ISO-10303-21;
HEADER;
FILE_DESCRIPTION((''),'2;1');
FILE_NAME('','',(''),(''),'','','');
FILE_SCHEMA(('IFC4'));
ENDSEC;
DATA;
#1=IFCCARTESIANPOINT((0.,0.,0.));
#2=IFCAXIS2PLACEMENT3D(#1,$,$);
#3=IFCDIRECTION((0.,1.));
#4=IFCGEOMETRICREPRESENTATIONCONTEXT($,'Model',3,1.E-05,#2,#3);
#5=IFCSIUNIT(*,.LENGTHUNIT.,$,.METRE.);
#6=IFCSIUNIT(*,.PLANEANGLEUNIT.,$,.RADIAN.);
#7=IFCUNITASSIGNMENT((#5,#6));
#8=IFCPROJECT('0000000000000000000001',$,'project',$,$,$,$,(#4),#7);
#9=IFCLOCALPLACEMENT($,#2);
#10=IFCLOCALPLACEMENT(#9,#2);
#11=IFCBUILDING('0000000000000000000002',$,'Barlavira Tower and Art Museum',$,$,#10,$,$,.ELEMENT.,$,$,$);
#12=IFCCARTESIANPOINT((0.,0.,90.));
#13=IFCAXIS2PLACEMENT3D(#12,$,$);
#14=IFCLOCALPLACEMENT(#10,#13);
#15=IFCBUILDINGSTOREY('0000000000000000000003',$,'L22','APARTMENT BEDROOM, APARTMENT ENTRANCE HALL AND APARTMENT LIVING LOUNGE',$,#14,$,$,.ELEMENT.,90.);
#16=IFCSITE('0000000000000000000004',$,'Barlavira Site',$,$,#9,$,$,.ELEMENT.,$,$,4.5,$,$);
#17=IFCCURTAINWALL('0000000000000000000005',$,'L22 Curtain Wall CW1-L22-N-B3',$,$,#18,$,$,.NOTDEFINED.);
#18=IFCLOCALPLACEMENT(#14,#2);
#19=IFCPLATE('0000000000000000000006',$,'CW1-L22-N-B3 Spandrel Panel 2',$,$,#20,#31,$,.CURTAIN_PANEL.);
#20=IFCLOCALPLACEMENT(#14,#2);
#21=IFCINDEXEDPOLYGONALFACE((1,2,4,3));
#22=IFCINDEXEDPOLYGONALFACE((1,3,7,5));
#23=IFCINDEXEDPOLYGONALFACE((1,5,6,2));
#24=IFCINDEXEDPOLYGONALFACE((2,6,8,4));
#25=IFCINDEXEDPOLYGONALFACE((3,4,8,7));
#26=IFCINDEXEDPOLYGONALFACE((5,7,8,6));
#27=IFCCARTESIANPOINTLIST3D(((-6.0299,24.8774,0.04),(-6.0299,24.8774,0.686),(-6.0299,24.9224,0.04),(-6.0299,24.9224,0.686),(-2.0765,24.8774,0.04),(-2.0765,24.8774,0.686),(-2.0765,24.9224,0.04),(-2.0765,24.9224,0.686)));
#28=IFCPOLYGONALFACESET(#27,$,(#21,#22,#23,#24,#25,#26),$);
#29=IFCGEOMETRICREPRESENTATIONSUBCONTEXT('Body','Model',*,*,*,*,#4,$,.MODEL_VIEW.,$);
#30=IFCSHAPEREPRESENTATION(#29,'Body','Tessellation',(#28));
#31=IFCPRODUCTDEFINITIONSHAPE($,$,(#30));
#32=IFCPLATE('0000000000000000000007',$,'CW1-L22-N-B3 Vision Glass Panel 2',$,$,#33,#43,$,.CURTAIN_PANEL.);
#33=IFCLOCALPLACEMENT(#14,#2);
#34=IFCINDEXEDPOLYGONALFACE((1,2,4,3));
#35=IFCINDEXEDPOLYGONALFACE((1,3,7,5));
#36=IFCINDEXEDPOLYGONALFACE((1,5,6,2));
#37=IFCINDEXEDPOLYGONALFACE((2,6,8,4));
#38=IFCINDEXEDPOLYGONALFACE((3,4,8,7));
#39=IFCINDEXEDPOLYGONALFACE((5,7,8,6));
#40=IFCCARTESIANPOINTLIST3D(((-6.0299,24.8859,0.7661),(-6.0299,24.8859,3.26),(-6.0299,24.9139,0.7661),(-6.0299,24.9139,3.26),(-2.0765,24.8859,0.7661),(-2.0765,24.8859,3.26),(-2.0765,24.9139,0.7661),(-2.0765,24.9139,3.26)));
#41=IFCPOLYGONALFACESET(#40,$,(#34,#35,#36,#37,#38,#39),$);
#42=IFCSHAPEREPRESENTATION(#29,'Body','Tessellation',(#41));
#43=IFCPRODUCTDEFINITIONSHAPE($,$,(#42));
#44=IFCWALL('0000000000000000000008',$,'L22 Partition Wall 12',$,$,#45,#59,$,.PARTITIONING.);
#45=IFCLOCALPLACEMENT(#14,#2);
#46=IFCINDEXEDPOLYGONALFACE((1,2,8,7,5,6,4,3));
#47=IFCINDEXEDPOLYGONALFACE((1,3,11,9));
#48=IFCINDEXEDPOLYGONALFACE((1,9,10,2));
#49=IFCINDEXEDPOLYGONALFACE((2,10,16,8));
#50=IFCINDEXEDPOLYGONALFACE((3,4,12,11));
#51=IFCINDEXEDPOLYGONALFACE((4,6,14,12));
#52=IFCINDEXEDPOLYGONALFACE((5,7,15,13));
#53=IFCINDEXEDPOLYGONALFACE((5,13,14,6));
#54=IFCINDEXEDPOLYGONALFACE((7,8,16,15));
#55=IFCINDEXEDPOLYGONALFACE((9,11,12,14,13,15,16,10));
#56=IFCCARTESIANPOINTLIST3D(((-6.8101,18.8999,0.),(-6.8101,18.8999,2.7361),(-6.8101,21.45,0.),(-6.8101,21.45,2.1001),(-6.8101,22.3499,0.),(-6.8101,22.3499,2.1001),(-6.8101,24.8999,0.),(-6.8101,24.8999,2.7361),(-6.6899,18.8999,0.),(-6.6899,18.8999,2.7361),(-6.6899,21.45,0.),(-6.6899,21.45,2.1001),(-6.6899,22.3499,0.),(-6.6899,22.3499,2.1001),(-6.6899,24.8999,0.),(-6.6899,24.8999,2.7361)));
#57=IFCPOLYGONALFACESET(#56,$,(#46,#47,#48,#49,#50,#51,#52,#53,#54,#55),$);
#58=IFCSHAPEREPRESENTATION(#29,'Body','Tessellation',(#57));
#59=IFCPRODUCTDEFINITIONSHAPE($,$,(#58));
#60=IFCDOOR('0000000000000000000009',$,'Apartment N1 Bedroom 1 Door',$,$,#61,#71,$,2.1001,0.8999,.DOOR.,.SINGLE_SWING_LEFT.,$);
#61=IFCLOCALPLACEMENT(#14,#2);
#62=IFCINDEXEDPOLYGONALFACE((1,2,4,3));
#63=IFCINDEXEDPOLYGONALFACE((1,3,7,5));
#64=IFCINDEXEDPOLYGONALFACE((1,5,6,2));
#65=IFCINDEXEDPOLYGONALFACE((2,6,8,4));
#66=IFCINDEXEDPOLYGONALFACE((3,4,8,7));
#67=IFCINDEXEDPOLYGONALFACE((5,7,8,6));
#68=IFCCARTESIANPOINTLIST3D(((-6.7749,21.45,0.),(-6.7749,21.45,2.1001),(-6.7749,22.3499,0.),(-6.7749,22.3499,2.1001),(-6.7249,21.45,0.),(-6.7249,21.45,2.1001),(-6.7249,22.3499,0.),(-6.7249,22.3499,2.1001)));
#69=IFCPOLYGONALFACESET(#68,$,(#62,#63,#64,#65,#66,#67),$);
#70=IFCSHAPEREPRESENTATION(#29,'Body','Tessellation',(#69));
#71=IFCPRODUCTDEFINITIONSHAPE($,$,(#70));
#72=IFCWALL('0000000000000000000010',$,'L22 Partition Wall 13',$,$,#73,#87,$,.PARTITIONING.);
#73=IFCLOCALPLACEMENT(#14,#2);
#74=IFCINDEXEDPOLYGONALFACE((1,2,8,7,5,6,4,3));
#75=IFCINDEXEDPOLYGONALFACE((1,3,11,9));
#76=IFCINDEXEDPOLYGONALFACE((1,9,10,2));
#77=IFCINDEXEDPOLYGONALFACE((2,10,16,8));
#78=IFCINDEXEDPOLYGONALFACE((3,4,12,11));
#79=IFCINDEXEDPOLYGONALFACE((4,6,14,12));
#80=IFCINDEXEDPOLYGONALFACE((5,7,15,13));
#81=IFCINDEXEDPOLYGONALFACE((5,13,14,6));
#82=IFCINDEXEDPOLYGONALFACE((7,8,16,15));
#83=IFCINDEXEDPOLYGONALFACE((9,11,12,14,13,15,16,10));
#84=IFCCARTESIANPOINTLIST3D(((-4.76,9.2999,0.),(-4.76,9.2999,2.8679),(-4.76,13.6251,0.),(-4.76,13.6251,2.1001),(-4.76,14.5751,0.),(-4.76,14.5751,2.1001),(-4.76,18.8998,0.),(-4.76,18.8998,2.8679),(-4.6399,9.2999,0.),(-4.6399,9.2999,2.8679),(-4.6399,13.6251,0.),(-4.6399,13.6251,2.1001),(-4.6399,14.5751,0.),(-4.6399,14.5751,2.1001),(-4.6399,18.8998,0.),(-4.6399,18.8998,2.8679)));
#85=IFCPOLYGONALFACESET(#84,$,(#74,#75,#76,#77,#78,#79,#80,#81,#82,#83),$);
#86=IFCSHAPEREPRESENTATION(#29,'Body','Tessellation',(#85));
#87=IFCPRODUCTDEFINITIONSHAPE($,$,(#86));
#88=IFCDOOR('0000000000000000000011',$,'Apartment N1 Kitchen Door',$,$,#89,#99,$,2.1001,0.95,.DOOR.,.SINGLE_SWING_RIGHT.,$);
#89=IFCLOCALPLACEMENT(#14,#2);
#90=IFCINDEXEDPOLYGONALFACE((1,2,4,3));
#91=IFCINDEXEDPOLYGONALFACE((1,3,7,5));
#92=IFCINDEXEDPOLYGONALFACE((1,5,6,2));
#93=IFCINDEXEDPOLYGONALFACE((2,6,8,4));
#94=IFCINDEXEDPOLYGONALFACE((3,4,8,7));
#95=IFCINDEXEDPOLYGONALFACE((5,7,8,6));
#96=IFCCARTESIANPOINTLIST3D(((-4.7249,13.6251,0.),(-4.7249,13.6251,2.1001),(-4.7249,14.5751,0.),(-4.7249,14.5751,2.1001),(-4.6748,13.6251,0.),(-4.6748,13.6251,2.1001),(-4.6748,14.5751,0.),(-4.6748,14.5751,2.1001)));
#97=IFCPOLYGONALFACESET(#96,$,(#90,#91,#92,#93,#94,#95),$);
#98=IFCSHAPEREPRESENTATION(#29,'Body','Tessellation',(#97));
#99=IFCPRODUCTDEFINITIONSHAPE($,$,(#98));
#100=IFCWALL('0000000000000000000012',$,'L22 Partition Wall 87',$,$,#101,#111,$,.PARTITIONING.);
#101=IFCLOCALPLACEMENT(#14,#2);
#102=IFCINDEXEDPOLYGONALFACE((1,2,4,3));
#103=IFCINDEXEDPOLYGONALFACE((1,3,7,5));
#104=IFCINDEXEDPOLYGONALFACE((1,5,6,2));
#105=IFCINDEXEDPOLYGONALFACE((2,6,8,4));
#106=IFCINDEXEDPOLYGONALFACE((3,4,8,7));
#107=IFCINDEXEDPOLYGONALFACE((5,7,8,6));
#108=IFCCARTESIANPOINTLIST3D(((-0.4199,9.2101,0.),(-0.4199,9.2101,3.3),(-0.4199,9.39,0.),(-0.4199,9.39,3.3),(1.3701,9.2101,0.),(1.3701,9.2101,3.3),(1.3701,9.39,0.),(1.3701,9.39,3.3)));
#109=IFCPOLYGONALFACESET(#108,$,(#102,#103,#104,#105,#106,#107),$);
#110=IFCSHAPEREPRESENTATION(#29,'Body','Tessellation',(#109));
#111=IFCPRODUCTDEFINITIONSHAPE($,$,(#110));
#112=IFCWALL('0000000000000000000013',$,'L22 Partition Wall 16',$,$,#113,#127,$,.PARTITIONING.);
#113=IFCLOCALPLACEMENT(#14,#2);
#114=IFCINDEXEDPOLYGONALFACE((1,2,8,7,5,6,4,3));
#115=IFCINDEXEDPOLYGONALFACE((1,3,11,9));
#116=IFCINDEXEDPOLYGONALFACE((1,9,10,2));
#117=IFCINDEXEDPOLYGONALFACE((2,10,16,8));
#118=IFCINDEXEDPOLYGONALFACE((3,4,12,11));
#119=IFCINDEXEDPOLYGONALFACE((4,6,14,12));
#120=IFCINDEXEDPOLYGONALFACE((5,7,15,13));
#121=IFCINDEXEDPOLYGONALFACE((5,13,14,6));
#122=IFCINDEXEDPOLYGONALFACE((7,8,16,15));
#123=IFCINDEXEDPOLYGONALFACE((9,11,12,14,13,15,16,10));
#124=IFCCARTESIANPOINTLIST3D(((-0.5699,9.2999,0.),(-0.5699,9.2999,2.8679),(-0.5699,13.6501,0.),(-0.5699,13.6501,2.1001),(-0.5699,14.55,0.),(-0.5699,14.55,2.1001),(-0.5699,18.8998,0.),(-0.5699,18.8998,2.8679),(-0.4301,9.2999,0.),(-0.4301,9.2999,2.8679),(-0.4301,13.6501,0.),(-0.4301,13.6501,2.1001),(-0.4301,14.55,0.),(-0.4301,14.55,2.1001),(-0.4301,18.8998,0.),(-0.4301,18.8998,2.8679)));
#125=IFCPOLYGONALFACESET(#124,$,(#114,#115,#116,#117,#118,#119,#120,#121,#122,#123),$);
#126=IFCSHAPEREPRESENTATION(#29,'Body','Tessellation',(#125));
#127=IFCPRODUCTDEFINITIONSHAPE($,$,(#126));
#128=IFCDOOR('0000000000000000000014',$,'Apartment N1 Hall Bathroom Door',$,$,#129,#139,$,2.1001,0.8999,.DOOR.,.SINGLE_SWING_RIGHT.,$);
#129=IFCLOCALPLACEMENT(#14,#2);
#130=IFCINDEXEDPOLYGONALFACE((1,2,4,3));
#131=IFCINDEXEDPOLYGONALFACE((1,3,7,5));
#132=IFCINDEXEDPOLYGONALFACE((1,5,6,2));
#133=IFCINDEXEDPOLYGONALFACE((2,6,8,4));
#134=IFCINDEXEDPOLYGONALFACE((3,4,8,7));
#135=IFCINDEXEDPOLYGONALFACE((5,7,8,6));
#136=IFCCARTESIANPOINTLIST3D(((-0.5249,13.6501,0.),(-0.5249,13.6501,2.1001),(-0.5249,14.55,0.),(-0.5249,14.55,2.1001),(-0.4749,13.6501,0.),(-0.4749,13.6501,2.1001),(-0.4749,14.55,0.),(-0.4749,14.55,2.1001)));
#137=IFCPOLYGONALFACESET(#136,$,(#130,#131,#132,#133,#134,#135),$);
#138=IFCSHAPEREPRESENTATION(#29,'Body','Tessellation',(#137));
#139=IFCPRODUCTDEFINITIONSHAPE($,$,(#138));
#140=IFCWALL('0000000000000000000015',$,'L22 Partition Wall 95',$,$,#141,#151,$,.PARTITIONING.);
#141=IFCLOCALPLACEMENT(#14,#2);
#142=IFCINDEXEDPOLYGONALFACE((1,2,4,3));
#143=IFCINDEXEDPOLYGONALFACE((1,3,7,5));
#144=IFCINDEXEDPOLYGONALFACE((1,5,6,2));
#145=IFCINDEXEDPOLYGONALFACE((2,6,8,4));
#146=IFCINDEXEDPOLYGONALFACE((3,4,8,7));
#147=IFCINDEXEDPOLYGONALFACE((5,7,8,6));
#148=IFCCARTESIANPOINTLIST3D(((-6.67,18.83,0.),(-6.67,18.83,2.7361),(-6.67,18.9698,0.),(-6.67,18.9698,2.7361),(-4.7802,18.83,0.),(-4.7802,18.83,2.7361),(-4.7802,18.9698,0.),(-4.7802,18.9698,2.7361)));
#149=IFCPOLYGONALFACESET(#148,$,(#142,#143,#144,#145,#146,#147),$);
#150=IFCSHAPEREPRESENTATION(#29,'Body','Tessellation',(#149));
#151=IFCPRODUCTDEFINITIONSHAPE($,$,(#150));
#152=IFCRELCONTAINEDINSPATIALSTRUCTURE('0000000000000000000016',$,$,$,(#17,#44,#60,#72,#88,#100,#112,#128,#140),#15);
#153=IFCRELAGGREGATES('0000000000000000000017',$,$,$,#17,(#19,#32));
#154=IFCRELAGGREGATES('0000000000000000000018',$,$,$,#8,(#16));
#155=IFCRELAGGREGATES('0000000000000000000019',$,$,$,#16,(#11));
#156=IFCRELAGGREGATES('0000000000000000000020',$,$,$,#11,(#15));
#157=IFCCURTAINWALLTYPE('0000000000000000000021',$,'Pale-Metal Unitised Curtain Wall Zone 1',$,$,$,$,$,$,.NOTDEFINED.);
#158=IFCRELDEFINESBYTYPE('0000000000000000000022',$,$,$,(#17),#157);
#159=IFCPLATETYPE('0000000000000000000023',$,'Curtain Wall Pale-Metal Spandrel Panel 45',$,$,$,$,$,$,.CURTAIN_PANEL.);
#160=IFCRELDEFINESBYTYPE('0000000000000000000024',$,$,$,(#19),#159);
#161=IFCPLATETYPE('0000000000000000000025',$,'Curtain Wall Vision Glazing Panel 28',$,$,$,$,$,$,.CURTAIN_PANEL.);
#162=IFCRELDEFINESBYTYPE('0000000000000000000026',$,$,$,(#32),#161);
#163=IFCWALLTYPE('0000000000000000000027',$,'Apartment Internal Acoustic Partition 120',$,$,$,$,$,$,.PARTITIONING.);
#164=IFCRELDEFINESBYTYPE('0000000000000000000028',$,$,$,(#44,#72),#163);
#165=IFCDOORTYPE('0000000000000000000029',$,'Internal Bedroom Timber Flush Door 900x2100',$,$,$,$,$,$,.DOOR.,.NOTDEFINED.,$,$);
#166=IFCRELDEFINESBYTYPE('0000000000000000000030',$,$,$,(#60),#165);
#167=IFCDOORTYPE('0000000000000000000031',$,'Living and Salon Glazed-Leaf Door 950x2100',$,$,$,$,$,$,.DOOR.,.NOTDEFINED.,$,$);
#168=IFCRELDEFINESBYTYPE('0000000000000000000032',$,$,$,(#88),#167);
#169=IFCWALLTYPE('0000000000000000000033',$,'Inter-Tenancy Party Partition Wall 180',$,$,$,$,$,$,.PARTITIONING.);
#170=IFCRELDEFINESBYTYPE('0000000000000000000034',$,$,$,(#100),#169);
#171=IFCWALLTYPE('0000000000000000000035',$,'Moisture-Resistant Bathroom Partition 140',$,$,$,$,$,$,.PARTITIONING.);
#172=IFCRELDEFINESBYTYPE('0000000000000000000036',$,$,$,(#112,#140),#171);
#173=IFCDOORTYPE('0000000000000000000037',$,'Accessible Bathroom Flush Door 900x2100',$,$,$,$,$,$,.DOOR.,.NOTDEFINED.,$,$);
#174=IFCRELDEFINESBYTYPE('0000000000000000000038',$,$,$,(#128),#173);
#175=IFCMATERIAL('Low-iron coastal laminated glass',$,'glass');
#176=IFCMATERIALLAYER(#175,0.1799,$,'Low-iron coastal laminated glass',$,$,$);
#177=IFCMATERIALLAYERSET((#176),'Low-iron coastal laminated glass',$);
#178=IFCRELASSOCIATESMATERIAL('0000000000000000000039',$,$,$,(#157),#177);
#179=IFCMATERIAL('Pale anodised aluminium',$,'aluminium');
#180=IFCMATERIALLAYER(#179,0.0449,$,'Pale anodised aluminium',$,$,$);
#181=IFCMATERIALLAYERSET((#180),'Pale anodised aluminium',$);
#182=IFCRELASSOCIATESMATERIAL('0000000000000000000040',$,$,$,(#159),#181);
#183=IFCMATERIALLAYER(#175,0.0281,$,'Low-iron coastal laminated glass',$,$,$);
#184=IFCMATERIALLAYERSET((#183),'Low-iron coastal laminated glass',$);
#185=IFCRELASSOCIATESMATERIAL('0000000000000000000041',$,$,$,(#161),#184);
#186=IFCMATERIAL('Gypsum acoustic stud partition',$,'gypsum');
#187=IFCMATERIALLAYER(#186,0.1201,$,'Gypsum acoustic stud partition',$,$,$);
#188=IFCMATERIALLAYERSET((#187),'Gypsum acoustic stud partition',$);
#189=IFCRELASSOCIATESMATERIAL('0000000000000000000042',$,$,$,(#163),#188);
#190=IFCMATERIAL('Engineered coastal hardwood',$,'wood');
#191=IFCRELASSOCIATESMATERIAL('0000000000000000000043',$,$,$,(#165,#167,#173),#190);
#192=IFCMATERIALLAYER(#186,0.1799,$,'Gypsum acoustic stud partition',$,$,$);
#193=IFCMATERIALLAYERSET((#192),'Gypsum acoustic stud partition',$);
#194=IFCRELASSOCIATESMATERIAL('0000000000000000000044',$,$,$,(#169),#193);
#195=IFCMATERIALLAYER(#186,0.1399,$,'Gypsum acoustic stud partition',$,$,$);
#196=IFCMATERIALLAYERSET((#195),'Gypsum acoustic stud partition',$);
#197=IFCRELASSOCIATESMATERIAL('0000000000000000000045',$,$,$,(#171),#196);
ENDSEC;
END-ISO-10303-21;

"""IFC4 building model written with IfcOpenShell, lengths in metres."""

from ifc_helpers import new_model, si_unit, direction, frame, frame_2d, origin, origin_2d, place, context, subcontext, project, spatial, rectangle, extrude, material, layer, layer_set, type_object, element, fill, aggregate, save


model = new_model("IFC4")

# Units and contexts
model_context = context("Model", 3, precision=1e-05, world=origin(), true_north=direction((0.0, 1.0)))
body_context = subcontext(model_context, "Body", "Model", "MODEL_VIEW")
ifc_project = project(units=[si_unit("LENGTHUNIT", "METRE"), si_unit("PLANEANGLEUNIT", "RADIAN")], contexts=[model_context])

# Site, building, storey
site_placement = place(None, origin())
site = spatial("IfcSite", under=ifc_project, at=site_placement, Name="Barlavira Site", CompositionType="ELEMENT", RefElevation=4.5)
building_placement = place(site_placement, origin())
building = spatial("IfcBuilding", under=site, at=building_placement, Name="Barlavira Tower and Art Museum", CompositionType="ELEMENT")
storey_placement = place(building_placement, frame((0.0, 0.0, 90.0)))
storey = spatial("IfcBuildingStorey", under=building, at=storey_placement, Name="L22", Description="APARTMENT BEDROOM, APARTMENT ENTRANCE HALL AND APARTMENT LIVING LOUNGE", CompositionType="ELEMENT", Elevation=90.0)

# Curtain wall
ifc_material_1 = material(Name="Low-iron coastal laminated glass", Category="glass")
ifc_layer_1 = layer(ifc_material_1, 0.1799, Name="Low-iron coastal laminated glass")
ifc_layer_set_1 = layer_set([ifc_layer_1], Name="Low-iron coastal laminated glass")
curtain_wall_type = type_object("IfcCurtainWallType", Name="Pale-Metal Unitised Curtain Wall Zone 1", PredefinedType="NOTDEFINED", material=ifc_layer_set_1)
curtain_wall_placement = place(storey_placement, origin())
curtain_wall = element("IfcCurtainWall", 1, at=curtain_wall_placement, inside=storey, type_object=curtain_wall_type, Name="L22 Curtain Wall CW1-L22-N-B3", PredefinedType="NOTDEFINED")
ifc_material_2 = material(Name="Pale anodised aluminium", Category="aluminium")

# Plates
ifc_layer_2 = layer(ifc_material_2, 0.0449, Name="Pale anodised aluminium")
ifc_layer_set_2 = layer_set([ifc_layer_2], Name="Pale anodised aluminium")
plate_type_1 = type_object("IfcPlateType", Name="Curtain Wall Pale-Metal Spandrel Panel 45", PredefinedType="CURTAIN_PANEL", material=ifc_layer_set_2)
plate_1_placement = place(storey_placement, frame((-4.0532, 24.8999, 0.04), z_axis=(0.0, 0.0, 1.0), x_axis=(-1.0, 0.0, 0.0)))
plate_1 = element("IfcPlate", 2, at=plate_1_placement, type_object=plate_type_1, Name="CW1-L22-N-B3 Spandrel Panel 2", PredefinedType="CURTAIN_PANEL", context=body_context, shape_type="SweptSolid", body=[
    extrude(rectangle(XDim=3.9534, YDim=0.0449, at=origin_2d()), origin(), (0.0, 0.0, 1.0), 0.646),
])
ifc_layer_3 = layer(ifc_material_1, 0.0281, Name="Low-iron coastal laminated glass")
ifc_layer_set_3 = layer_set([ifc_layer_3], Name="Low-iron coastal laminated glass")
plate_type_2 = type_object("IfcPlateType", Name="Curtain Wall Vision Glazing Panel 28", PredefinedType="CURTAIN_PANEL", material=ifc_layer_set_3)
plate_2_placement = place(storey_placement, frame((-4.0532, 24.8999, 0.7661), z_axis=(0.0, 0.0, 1.0), x_axis=(-1.0, 0.0, 0.0)))
plate_2 = element("IfcPlate", 3, at=plate_2_placement, type_object=plate_type_2, Name="CW1-L22-N-B3 Vision Glass Panel 2", PredefinedType="CURTAIN_PANEL", context=body_context, shape_type="SweptSolid", body=[
    extrude(rectangle(XDim=3.9534, YDim=0.0281, at=origin_2d()), origin(), (0.0, 0.0, 1.0), 2.4939),
])
aggregate(curtain_wall, [plate_1, plate_2])

# Walls, openings, doors
ifc_material_3 = material(Name="Gypsum acoustic stud partition", Category="gypsum")
ifc_layer_4 = layer(ifc_material_3, 0.1201, Name="Gypsum acoustic stud partition")
ifc_layer_set_4 = layer_set([ifc_layer_4], Name="Gypsum acoustic stud partition")
wall_type_1 = type_object("IfcWallType", Name="Apartment Internal Acoustic Partition 120", PredefinedType="PARTITIONING", material=ifc_layer_set_4)
wall_1_placement = place(storey_placement, frame((-6.75, 18.8999, 0.0), z_axis=(0.0, 0.0, 1.0), x_axis=(0.0, 1.0, 0.0)))
wall_1 = element("IfcWall", 4, at=wall_1_placement, inside=storey, type_object=wall_type_1, Name="L22 Partition Wall 12", PredefinedType="PARTITIONING", context=body_context, shape_type="SweptSolid", body=[
    extrude(rectangle(XDim=6.0, YDim=0.1201, at=frame_2d((3.0, 0.0))), origin(), (0.0, 0.0, 1.0), 2.7361),
])
opening_1_placement = place(wall_1_placement, frame((2.55, 0.0, 0.0)))
opening_1 = element("IfcOpeningElement", 5, at=opening_1_placement, cuts=wall_1, PredefinedType="OPENING", context=body_context, shape_type="SweptSolid", body=[
    extrude(rectangle(XDim=0.8999, YDim=2.1001, at=frame_2d((0.45, 1.05))), frame((0.0, 0.0701, 0.0), z_axis=(0.0, -1.0, 0.0), x_axis=(1.0, 0.0, 0.0)), (0.0, 0.0, 1.0), 0.1401),
])
ifc_material_4 = material(Name="Engineered coastal hardwood", Category="wood")
door_type_1 = type_object("IfcDoorType", Name="Internal Bedroom Timber Flush Door 900x2100", OperationType="NOTDEFINED", PredefinedType="DOOR", material=ifc_material_4)
door_1_placement = place(opening_1_placement, origin())
door_1 = element("IfcDoor", 6, at=door_1_placement, inside=storey, type_object=door_type_1, Name="Apartment N1 Bedroom 1 Door", OperationType="SINGLE_SWING_LEFT", OverallHeight=2.1001, OverallWidth=0.8999, PredefinedType="DOOR", context=body_context, shape_type="SweptSolid", body=[
    extrude(rectangle(XDim=0.8999, YDim=2.1001, at=frame_2d((0.45, 1.05))), frame((0.0, 0.0249, 0.0), z_axis=(0.0, -1.0, 0.0), x_axis=(1.0, 0.0, 0.0)), (0.0, 0.0, 1.0), 0.05),
])
fill(opening_1, door_1)
wall_2_placement = place(storey_placement, frame((-4.7, 9.3, 0.0), z_axis=(0.0, 0.0, 1.0), x_axis=(0.0, 1.0, 0.0)))
wall_2 = element("IfcWall", 7, at=wall_2_placement, inside=storey, type_object=wall_type_1, Name="L22 Partition Wall 13", PredefinedType="PARTITIONING", context=body_context, shape_type="SweptSolid", body=[
    extrude(rectangle(XDim=9.5999, YDim=0.1201, at=frame_2d((4.7998, 0.0))), origin(), (0.0, 0.0, 1.0), 2.8679),
])
opening_2_placement = place(wall_2_placement, frame((4.325, 0.0, 0.0)))
opening_2 = element("IfcOpeningElement", 8, at=opening_2_placement, cuts=wall_2, PredefinedType="OPENING", context=body_context, shape_type="SweptSolid", body=[
    extrude(rectangle(XDim=0.95, YDim=2.1001, at=frame_2d((0.4751, 1.05))), frame((0.0, 0.0701, 0.0), z_axis=(0.0, -1.0, 0.0), x_axis=(1.0, 0.0, 0.0)), (0.0, 0.0, 1.0), 0.1401),
])
door_type_2 = type_object("IfcDoorType", Name="Living and Salon Glazed-Leaf Door 950x2100", OperationType="NOTDEFINED", PredefinedType="DOOR", material=ifc_material_4)
door_2_placement = place(opening_2_placement, origin())
door_2 = element("IfcDoor", 9, at=door_2_placement, inside=storey, type_object=door_type_2, Name="Apartment N1 Kitchen Door", OperationType="SINGLE_SWING_RIGHT", OverallHeight=2.1001, OverallWidth=0.95, PredefinedType="DOOR", context=body_context, shape_type="SweptSolid", body=[
    extrude(rectangle(XDim=0.95, YDim=2.1001, at=frame_2d((0.4751, 1.05))), frame((0.0, 0.0249, 0.0), z_axis=(0.0, -1.0, 0.0), x_axis=(1.0, 0.0, 0.0)), (0.0, 0.0, 1.0), 0.05),
])
fill(opening_2, door_2)
ifc_layer_5 = layer(ifc_material_3, 0.1799, Name="Gypsum acoustic stud partition")
ifc_layer_set_5 = layer_set([ifc_layer_5], Name="Gypsum acoustic stud partition")
wall_type_2 = type_object("IfcWallType", Name="Inter-Tenancy Party Partition Wall 180", PredefinedType="PARTITIONING", material=ifc_layer_set_5)

# Wall
wall_3_placement = place(storey_placement, frame((-0.4199, 9.3, 0.0), z_axis=(0.0, 0.0, 1.0), x_axis=(1.0, 0.0, 0.0)))
element("IfcWall", 10, at=wall_3_placement, inside=storey, type_object=wall_type_2, Name="L22 Partition Wall 87", PredefinedType="PARTITIONING", context=body_context, shape_type="SweptSolid", body=[
    extrude(rectangle(XDim=1.79, YDim=0.1799, at=frame_2d((0.895, 0.0))), origin(), (0.0, 0.0, 1.0), 3.3),
])

# Wall, opening, door
ifc_layer_6 = layer(ifc_material_3, 0.1399, Name="Gypsum acoustic stud partition")
ifc_layer_set_6 = layer_set([ifc_layer_6], Name="Gypsum acoustic stud partition")
wall_type_3 = type_object("IfcWallType", Name="Moisture-Resistant Bathroom Partition 140", PredefinedType="PARTITIONING", material=ifc_layer_set_6)
wall_4_placement = place(storey_placement, frame((-0.5, 9.3, 0.0), z_axis=(0.0, 0.0, 1.0), x_axis=(0.0, 1.0, 0.0)))
wall_4 = element("IfcWall", 11, at=wall_4_placement, inside=storey, type_object=wall_type_3, Name="L22 Partition Wall 16", PredefinedType="PARTITIONING", context=body_context, shape_type="SweptSolid", body=[
    extrude(rectangle(XDim=9.5999, YDim=0.1399, at=frame_2d((4.7998, 0.0))), origin(), (0.0, 0.0, 1.0), 2.8679),
])
opening_3_placement = place(wall_4_placement, frame((4.3501, 0.0, 0.0)))
opening_3 = element("IfcOpeningElement", 12, at=opening_3_placement, cuts=wall_4, PredefinedType="OPENING", context=body_context, shape_type="SweptSolid", body=[
    extrude(rectangle(XDim=0.8999, YDim=2.1001, at=frame_2d((0.45, 1.05))), frame((0.0, 0.0801, 0.0), z_axis=(0.0, -1.0, 0.0), x_axis=(1.0, 0.0, 0.0)), (0.0, 0.0, 1.0), 0.1599),
])
door_type_3 = type_object("IfcDoorType", Name="Accessible Bathroom Flush Door 900x2100", OperationType="NOTDEFINED", PredefinedType="DOOR", material=ifc_material_4)
door_3_placement = place(opening_3_placement, origin())
door_3 = element("IfcDoor", 13, at=door_3_placement, inside=storey, type_object=door_type_3, Name="Apartment N1 Hall Bathroom Door", OperationType="SINGLE_SWING_RIGHT", OverallHeight=2.1001, OverallWidth=0.8999, PredefinedType="DOOR", context=body_context, shape_type="SweptSolid", body=[
    extrude(rectangle(XDim=0.8999, YDim=2.1001, at=frame_2d((0.45, 1.05))), frame((0.0, 0.0249, 0.0), z_axis=(0.0, -1.0, 0.0), x_axis=(1.0, 0.0, 0.0)), (0.0, 0.0, 1.0), 0.05),
])
fill(opening_3, door_3)

# Wall
wall_5_placement = place(storey_placement, frame((-6.6699, 18.8999, 0.0), z_axis=(0.0, 0.0, 1.0), x_axis=(1.0, 0.0, 0.0)))
element("IfcWall", 14, at=wall_5_placement, inside=storey, type_object=wall_type_3, Name="L22 Partition Wall 95", PredefinedType="PARTITIONING", context=body_context, shape_type="SweptSolid", body=[
    extrude(rectangle(XDim=1.8899, YDim=0.1399, at=frame_2d((0.9448, 0.0))), origin(), (0.0, 0.0, 1.0), 2.7361),
])

save(model, "model.ifc")
